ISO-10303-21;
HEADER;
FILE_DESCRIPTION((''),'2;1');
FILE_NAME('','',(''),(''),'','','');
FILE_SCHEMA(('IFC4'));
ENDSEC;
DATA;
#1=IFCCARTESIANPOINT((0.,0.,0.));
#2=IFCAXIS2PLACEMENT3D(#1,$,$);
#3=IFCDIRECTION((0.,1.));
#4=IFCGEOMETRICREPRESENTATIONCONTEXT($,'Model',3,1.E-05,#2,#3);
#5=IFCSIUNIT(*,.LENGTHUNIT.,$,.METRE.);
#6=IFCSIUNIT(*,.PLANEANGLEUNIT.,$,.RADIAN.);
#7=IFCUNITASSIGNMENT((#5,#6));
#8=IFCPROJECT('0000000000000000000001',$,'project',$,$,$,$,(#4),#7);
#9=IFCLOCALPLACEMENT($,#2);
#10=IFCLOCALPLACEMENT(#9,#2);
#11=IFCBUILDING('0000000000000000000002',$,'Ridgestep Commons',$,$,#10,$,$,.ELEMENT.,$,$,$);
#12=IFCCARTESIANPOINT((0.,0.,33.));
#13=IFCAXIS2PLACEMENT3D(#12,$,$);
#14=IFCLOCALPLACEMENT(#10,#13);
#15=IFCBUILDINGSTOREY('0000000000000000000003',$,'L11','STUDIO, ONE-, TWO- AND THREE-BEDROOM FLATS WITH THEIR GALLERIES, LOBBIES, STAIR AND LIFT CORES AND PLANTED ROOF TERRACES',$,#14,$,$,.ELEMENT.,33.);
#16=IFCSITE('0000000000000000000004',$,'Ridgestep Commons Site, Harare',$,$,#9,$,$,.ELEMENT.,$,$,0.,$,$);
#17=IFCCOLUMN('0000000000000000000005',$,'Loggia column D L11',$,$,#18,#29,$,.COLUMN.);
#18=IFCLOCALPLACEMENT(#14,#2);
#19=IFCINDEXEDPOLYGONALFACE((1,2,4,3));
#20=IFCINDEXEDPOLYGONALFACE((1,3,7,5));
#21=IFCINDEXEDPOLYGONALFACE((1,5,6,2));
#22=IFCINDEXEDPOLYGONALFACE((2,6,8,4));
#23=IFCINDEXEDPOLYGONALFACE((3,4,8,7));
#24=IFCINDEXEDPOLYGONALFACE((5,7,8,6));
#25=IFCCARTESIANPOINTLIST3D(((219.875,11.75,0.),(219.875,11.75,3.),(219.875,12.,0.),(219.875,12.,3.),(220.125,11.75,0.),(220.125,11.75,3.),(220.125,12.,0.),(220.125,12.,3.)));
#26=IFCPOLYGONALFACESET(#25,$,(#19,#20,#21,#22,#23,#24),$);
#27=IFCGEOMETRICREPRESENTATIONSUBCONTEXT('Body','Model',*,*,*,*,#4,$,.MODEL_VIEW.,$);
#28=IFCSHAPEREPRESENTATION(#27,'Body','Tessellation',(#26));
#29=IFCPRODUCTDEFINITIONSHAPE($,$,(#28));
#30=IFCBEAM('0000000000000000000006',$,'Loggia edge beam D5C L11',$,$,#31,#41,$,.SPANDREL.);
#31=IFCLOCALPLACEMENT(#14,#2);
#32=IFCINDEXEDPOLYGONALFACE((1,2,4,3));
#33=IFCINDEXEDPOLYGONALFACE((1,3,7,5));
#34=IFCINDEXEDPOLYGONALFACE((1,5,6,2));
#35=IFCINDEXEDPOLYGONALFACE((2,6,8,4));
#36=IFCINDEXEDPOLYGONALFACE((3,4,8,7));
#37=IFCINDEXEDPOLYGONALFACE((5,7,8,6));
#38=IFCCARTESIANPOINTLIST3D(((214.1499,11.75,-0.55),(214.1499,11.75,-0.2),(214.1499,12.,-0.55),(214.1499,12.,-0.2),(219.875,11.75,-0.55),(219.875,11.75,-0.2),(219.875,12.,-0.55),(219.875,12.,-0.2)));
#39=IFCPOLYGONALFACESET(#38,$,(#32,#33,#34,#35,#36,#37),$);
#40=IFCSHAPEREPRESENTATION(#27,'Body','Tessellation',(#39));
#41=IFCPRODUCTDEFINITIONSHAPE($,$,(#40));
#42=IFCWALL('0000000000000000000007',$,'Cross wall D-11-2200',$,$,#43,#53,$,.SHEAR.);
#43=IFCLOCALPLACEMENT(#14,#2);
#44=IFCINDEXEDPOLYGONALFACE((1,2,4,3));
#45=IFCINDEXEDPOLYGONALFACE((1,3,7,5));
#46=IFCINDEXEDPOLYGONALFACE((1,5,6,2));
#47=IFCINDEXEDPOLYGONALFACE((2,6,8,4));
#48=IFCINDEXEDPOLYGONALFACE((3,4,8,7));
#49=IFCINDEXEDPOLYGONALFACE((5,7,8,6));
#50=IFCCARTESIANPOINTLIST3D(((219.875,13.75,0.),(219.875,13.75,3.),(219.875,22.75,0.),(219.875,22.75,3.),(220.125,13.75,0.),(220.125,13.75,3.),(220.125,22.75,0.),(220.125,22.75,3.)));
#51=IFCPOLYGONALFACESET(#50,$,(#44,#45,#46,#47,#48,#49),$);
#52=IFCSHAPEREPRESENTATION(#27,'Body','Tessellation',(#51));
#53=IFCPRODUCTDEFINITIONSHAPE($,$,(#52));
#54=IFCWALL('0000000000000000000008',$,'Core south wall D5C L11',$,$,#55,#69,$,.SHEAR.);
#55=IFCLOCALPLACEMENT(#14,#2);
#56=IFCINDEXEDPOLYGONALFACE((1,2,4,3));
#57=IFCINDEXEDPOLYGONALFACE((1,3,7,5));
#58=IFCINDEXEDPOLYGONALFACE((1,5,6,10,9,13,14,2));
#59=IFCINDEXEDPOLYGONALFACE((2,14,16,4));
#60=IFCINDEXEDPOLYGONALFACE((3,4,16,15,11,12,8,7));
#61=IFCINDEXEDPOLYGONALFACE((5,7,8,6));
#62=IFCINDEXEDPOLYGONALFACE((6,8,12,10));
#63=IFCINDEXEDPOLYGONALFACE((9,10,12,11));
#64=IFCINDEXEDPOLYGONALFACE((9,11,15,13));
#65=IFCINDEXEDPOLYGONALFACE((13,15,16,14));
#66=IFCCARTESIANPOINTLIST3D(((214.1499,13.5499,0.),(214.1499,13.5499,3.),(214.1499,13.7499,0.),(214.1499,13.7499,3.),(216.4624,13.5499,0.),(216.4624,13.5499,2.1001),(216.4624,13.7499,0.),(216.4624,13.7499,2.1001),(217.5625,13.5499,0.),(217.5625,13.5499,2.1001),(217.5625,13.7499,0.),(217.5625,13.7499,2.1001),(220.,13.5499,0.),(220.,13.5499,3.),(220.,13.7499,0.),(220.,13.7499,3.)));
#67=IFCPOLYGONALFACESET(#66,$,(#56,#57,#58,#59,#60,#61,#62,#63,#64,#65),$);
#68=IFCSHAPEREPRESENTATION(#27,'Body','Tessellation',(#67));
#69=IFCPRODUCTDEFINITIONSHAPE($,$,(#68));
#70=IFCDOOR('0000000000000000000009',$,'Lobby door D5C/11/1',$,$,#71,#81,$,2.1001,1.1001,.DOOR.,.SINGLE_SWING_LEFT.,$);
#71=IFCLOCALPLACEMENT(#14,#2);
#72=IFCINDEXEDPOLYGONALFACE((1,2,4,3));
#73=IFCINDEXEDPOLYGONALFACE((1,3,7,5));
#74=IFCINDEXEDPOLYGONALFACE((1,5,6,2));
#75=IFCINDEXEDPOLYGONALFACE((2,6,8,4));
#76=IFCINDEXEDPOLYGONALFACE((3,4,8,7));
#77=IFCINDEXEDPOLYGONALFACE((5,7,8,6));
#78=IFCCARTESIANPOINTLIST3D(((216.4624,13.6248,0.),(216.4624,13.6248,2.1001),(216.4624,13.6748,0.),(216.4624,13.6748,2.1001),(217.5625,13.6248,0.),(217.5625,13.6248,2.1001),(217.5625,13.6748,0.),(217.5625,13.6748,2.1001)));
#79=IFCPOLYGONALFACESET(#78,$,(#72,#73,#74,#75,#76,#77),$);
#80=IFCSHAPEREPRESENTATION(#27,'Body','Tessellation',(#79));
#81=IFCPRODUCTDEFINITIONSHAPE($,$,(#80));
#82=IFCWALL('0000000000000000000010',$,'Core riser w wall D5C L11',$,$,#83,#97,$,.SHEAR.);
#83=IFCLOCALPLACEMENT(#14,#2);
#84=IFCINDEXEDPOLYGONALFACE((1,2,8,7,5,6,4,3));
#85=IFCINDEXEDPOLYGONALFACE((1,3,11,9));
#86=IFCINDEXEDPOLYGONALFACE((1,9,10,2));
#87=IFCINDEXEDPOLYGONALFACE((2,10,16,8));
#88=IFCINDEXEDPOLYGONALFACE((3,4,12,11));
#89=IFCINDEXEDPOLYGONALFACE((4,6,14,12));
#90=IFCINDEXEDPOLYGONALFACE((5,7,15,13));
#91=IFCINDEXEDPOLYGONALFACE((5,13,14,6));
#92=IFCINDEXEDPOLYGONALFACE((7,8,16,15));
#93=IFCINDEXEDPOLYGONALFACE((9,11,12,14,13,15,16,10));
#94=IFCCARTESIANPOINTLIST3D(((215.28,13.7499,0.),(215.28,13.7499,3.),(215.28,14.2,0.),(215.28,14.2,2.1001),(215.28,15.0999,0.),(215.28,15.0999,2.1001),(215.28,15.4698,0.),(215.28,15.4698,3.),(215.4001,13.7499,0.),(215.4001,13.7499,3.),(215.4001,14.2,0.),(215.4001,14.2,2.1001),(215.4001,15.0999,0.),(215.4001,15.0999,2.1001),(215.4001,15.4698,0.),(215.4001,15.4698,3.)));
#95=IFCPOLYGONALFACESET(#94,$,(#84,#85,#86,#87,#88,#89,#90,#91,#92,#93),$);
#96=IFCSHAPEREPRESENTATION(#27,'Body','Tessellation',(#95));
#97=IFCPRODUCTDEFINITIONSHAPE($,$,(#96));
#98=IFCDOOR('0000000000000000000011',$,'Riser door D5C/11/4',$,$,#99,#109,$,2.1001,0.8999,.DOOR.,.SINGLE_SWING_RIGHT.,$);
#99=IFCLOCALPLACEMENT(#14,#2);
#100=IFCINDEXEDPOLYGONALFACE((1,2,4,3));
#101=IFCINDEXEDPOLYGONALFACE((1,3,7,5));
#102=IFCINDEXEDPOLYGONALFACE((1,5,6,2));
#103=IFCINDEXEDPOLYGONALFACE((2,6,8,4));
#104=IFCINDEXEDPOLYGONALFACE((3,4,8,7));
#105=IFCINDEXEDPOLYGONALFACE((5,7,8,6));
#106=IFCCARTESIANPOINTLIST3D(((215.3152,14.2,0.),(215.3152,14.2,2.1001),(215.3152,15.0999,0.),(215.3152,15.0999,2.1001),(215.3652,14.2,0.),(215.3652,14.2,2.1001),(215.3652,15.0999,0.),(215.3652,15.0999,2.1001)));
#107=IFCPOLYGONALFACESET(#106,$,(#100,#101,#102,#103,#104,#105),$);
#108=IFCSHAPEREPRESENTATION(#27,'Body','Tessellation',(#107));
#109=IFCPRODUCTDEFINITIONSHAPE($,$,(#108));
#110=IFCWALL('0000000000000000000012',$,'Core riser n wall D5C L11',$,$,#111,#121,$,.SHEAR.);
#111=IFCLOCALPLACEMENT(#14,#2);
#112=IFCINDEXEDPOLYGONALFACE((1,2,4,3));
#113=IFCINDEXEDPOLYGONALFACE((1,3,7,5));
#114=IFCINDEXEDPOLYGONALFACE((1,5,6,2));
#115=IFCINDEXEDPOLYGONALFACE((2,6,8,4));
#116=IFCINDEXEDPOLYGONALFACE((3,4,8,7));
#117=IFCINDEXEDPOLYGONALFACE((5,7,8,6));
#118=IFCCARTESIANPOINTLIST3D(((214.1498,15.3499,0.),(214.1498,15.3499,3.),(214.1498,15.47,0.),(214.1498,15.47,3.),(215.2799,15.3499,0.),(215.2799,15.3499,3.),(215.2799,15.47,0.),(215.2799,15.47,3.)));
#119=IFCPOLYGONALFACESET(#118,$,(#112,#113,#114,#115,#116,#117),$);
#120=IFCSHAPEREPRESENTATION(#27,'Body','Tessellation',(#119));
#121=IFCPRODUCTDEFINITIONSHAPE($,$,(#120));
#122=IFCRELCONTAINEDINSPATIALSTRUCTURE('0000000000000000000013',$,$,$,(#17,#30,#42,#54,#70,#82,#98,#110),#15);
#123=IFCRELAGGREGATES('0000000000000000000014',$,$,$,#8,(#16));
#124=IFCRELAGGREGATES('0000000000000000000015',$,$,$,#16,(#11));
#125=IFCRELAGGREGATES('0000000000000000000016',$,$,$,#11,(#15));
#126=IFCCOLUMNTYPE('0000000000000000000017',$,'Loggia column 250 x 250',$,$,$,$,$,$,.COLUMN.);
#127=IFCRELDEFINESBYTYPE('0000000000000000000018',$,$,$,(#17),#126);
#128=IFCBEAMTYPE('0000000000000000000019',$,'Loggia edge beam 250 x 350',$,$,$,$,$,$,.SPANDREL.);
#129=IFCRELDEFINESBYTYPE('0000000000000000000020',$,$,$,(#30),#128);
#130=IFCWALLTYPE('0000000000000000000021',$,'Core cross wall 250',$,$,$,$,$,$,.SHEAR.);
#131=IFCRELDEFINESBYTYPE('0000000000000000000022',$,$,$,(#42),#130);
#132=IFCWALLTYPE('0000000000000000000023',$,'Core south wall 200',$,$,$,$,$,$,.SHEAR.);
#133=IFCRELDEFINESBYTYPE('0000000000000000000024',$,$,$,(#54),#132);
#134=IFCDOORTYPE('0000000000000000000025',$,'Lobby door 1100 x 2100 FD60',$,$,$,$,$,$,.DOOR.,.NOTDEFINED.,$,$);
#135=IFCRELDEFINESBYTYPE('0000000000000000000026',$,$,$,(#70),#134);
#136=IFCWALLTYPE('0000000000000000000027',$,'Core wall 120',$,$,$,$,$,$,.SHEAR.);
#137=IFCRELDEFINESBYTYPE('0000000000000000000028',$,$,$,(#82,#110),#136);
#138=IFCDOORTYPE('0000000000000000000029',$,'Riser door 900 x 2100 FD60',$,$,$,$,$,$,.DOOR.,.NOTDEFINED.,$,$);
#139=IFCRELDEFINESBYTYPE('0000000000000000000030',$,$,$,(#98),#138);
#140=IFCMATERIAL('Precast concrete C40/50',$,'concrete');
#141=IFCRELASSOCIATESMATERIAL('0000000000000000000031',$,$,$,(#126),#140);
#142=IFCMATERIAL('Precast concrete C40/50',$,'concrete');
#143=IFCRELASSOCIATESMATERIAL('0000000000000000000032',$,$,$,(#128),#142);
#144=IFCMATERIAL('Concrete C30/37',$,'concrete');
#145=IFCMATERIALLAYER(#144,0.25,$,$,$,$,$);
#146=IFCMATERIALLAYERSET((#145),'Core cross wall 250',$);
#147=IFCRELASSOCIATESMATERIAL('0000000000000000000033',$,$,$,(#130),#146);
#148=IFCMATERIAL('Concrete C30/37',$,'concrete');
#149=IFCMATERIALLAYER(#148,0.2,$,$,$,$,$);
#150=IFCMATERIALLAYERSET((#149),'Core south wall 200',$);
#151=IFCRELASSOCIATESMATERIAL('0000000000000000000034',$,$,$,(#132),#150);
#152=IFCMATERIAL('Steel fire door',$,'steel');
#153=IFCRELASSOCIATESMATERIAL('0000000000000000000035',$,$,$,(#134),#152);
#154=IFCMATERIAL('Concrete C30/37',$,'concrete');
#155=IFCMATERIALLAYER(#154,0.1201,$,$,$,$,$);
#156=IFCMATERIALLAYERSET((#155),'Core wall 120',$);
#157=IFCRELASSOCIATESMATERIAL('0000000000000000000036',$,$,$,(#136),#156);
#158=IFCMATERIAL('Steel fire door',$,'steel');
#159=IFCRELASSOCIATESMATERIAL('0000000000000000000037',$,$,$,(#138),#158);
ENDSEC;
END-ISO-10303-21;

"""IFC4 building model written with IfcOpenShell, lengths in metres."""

from ifc_helpers import new_model, si_unit, direction, frame, frame_2d, origin, origin_2d, place, context, subcontext, project, spatial, rectangle, extrude, material, layer, layer_set, material_profile, profile_set, type_object, element, fill, save


model = new_model("IFC4")

# Units and contexts
model_context = context("Model", 3, precision=1e-05, world=origin(), true_north=direction((0.0, 1.0)))
body_context = subcontext(model_context, "Body", "Model", "MODEL_VIEW")
ifc_project = project(units=[si_unit("LENGTHUNIT", "METRE"), si_unit("PLANEANGLEUNIT", "RADIAN")], contexts=[model_context])

# Site, building, storey
site_placement = place(None, origin())
site = spatial("IfcSite", under=ifc_project, at=site_placement, Name="Ridgestep Commons Site, Harare", CompositionType="ELEMENT", RefElevation=0.0)
building_placement = place(site_placement, origin())
building = spatial("IfcBuilding", under=site, at=building_placement, Name="Ridgestep Commons", CompositionType="ELEMENT")
storey_placement = place(building_placement, frame((0.0, 0.0, 33.0)))
storey = spatial("IfcBuildingStorey", under=building, at=storey_placement, Name="L11", Description="STUDIO, ONE-, TWO- AND THREE-BEDROOM FLATS WITH THEIR GALLERIES, LOBBIES, STAIR AND LIFT CORES AND PLANTED ROOF TERRACES", CompositionType="ELEMENT", Elevation=33.0)

# Column
ifc_material_1 = material(Name="Precast concrete C40/50", Category="concrete")
ifc_material_profile_1 = material_profile(ifc_material_1, rectangle(XDim=0.25, YDim=0.25, at=origin_2d()), Name="PC 250x250")
ifc_profile_set_1 = profile_set([ifc_material_profile_1], Name="Precast concrete C40/50")
column_type = type_object("IfcColumnType", Name="Loggia column 250 x 250", PredefinedType="COLUMN", material=ifc_profile_set_1)
column_placement = place(storey_placement, frame((220.0, 11.875, 0.0), z_axis=(0.0, 0.0, 1.0), x_axis=(1.0, 0.0, 0.0)))
element("IfcColumn", 1, at=column_placement, inside=storey, type_object=column_type, Name="Loggia column D L11", PredefinedType="COLUMN", context=body_context, shape_type="SweptSolid", body=[
    extrude(rectangle(XDim=0.25, YDim=0.25, at=origin_2d()), origin(), (0.0, 0.0, 1.0), 3.0),
])

# Beam
ifc_material_2 = material(Name="Precast concrete C40/50", Category="concrete")
ifc_material_profile_2 = material_profile(ifc_material_2, rectangle(XDim=0.25, YDim=0.3501, at=origin_2d()), Name="PC 250x350")
ifc_profile_set_2 = profile_set([ifc_material_profile_2], Name="Precast concrete C40/50")
beam_type = type_object("IfcBeamType", Name="Loggia edge beam 250 x 350", PredefinedType="SPANDREL", material=ifc_profile_set_2)
beam_placement = place(storey_placement, frame((214.1499, 11.875, -0.375), z_axis=(1.0, 0.0, 0.0), x_axis=(0.0, 1.0, 0.0)))
element("IfcBeam", 2, at=beam_placement, inside=storey, type_object=beam_type, Name="Loggia edge beam D5C L11", PredefinedType="SPANDREL", context=body_context, shape_type="SweptSolid", body=[
    extrude(rectangle(XDim=0.25, YDim=0.3501, at=origin_2d()), origin(), (0.0, 0.0, 1.0), 5.7251),
])

# Wall
ifc_material_3 = material(Name="Concrete C30/37", Category="concrete")
ifc_layer_1 = layer(ifc_material_3, 0.25)
ifc_layer_set_1 = layer_set([ifc_layer_1], Name="Core cross wall 250")
wall_type_1 = type_object("IfcWallType", Name="Core cross wall 250", PredefinedType="SHEAR", material=ifc_layer_set_1)
wall_1_placement = place(storey_placement, frame((220.0, 13.75, 0.0), z_axis=(0.0, 0.0, 1.0), x_axis=(0.0, 1.0, 0.0)))
element("IfcWall", 3, at=wall_1_placement, inside=storey, type_object=wall_type_1, Name="Cross wall D-11-2200", PredefinedType="SHEAR", context=body_context, shape_type="SweptSolid", body=[
    extrude(rectangle(XDim=9.0, YDim=0.25, at=frame_2d((4.5, 0.0))), origin(), (0.0, 0.0, 1.0), 3.0),
])

# Wall, opening, door
ifc_material_4 = material(Name="Concrete C30/37", Category="concrete")
ifc_layer_2 = layer(ifc_material_4, 0.2)
ifc_layer_set_2 = layer_set([ifc_layer_2], Name="Core south wall 200")
wall_type_2 = type_object("IfcWallType", Name="Core south wall 200", PredefinedType="SHEAR", material=ifc_layer_set_2)
wall_2_placement = place(storey_placement, frame((214.1499, 13.6499, 0.0), z_axis=(0.0, 0.0, 1.0), x_axis=(1.0, 0.0, 0.0)))
wall_2 = element("IfcWall", 4, at=wall_2_placement, inside=storey, type_object=wall_type_2, Name="Core south wall D5C L11", PredefinedType="SHEAR", context=body_context, shape_type="SweptSolid", body=[
    extrude(rectangle(XDim=5.8501, YDim=0.2, at=frame_2d((2.925, 0.0))), origin(), (0.0, 0.0, 1.0), 3.0),
])
opening_1_placement = place(wall_2_placement, frame((2.3125, 0.0, 0.0)))
opening_1 = element("IfcOpeningElement", 5, at=opening_1_placement, cuts=wall_2, PredefinedType="OPENING", context=body_context, shape_type="SweptSolid", body=[
    extrude(rectangle(XDim=1.1001, YDim=2.1001, at=frame_2d((0.55, 1.05))), frame((0.0, 0.1099, 0.0), z_axis=(0.0, -1.0, 0.0), x_axis=(1.0, 0.0, 0.0)), (0.0, 0.0, 1.0), 0.22),
])
ifc_material_5 = material(Name="Steel fire door", Category="steel")
door_type_1 = type_object("IfcDoorType", Name="Lobby door 1100 x 2100 FD60", OperationType="NOTDEFINED", PredefinedType="DOOR", material=ifc_material_5)
door_1_placement = place(opening_1_placement, origin())
door_1 = element("IfcDoor", 6, at=door_1_placement, inside=storey, type_object=door_type_1, Name="Lobby door D5C/11/1", OperationType="SINGLE_SWING_LEFT", OverallHeight=2.1001, OverallWidth=1.1001, PredefinedType="DOOR", context=body_context, shape_type="SweptSolid", body=[
    extrude(rectangle(XDim=1.1001, YDim=2.1001, at=frame_2d((0.55, 1.05))), frame((0.0, 0.0249, 0.0), z_axis=(0.0, -1.0, 0.0), x_axis=(1.0, 0.0, 0.0)), (0.0, 0.0, 1.0), 0.05),
])
fill(opening_1, door_1)

# Shared definitions
ifc_material_6 = material(Name="Concrete C30/37", Category="concrete")
ifc_layer_3 = layer(ifc_material_6, 0.1201)
ifc_layer_set_3 = layer_set([ifc_layer_3], Name="Core wall 120")
wall_type_3 = type_object("IfcWallType", Name="Core wall 120", PredefinedType="SHEAR", material=ifc_layer_set_3)

# Wall, opening, door
wall_3_placement = place(storey_placement, frame((215.3401, 13.75, 0.0), z_axis=(0.0, 0.0, 1.0), x_axis=(0.0, 1.0, 0.0)))
wall_3 = element("IfcWall", 7, at=wall_3_placement, inside=storey, type_object=wall_type_3, Name="Core riser w wall D5C L11", PredefinedType="SHEAR", context=body_context, shape_type="SweptSolid", body=[
    extrude(rectangle(XDim=1.72, YDim=0.1201, at=frame_2d((0.8599, 0.0))), origin(), (0.0, 0.0, 1.0), 3.0),
])
opening_2_placement = place(wall_3_placement, frame((0.45, 0.0, 0.0)))
opening_2 = element("IfcOpeningElement", 8, at=opening_2_placement, cuts=wall_3, PredefinedType="OPENING", context=body_context, shape_type="SweptSolid", body=[
    extrude(rectangle(XDim=0.8999, YDim=2.1001, at=frame_2d((0.45, 1.05))), frame((0.0, 0.0701, 0.0), z_axis=(0.0, -1.0, 0.0), x_axis=(1.0, 0.0, 0.0)), (0.0, 0.0, 1.0), 0.1401),
])
ifc_material_7 = material(Name="Steel fire door", Category="steel")
door_type_2 = type_object("IfcDoorType", Name="Riser door 900 x 2100 FD60", OperationType="NOTDEFINED", PredefinedType="DOOR", material=ifc_material_7)
door_2_placement = place(opening_2_placement, origin())
door_2 = element("IfcDoor", 9, at=door_2_placement, inside=storey, type_object=door_type_2, Name="Riser door D5C/11/4", OperationType="SINGLE_SWING_RIGHT", OverallHeight=2.1001, OverallWidth=0.8999, PredefinedType="DOOR", context=body_context, shape_type="SweptSolid", body=[
    extrude(rectangle(XDim=0.8999, YDim=2.1001, at=frame_2d((0.45, 1.05))), frame((0.0, 0.0249, 0.0), z_axis=(0.0, -1.0, 0.0), x_axis=(1.0, 0.0, 0.0)), (0.0, 0.0, 1.0), 0.05),
])
fill(opening_2, door_2)

# Wall
wall_4_placement = place(storey_placement, frame((214.1499, 15.4099, 0.0), z_axis=(0.0, 0.0, 1.0), x_axis=(1.0, 0.0, 0.0)))
element("IfcWall", 10, at=wall_4_placement, inside=storey, type_object=wall_type_3, Name="Core riser n wall D5C L11", PredefinedType="SHEAR", context=body_context, shape_type="SweptSolid", body=[
    extrude(rectangle(XDim=1.1301, YDim=0.1201, at=frame_2d((0.5649, 0.0))), origin(), (0.0, 0.0, 1.0), 3.0),
])

save(model, "model.ifc")
